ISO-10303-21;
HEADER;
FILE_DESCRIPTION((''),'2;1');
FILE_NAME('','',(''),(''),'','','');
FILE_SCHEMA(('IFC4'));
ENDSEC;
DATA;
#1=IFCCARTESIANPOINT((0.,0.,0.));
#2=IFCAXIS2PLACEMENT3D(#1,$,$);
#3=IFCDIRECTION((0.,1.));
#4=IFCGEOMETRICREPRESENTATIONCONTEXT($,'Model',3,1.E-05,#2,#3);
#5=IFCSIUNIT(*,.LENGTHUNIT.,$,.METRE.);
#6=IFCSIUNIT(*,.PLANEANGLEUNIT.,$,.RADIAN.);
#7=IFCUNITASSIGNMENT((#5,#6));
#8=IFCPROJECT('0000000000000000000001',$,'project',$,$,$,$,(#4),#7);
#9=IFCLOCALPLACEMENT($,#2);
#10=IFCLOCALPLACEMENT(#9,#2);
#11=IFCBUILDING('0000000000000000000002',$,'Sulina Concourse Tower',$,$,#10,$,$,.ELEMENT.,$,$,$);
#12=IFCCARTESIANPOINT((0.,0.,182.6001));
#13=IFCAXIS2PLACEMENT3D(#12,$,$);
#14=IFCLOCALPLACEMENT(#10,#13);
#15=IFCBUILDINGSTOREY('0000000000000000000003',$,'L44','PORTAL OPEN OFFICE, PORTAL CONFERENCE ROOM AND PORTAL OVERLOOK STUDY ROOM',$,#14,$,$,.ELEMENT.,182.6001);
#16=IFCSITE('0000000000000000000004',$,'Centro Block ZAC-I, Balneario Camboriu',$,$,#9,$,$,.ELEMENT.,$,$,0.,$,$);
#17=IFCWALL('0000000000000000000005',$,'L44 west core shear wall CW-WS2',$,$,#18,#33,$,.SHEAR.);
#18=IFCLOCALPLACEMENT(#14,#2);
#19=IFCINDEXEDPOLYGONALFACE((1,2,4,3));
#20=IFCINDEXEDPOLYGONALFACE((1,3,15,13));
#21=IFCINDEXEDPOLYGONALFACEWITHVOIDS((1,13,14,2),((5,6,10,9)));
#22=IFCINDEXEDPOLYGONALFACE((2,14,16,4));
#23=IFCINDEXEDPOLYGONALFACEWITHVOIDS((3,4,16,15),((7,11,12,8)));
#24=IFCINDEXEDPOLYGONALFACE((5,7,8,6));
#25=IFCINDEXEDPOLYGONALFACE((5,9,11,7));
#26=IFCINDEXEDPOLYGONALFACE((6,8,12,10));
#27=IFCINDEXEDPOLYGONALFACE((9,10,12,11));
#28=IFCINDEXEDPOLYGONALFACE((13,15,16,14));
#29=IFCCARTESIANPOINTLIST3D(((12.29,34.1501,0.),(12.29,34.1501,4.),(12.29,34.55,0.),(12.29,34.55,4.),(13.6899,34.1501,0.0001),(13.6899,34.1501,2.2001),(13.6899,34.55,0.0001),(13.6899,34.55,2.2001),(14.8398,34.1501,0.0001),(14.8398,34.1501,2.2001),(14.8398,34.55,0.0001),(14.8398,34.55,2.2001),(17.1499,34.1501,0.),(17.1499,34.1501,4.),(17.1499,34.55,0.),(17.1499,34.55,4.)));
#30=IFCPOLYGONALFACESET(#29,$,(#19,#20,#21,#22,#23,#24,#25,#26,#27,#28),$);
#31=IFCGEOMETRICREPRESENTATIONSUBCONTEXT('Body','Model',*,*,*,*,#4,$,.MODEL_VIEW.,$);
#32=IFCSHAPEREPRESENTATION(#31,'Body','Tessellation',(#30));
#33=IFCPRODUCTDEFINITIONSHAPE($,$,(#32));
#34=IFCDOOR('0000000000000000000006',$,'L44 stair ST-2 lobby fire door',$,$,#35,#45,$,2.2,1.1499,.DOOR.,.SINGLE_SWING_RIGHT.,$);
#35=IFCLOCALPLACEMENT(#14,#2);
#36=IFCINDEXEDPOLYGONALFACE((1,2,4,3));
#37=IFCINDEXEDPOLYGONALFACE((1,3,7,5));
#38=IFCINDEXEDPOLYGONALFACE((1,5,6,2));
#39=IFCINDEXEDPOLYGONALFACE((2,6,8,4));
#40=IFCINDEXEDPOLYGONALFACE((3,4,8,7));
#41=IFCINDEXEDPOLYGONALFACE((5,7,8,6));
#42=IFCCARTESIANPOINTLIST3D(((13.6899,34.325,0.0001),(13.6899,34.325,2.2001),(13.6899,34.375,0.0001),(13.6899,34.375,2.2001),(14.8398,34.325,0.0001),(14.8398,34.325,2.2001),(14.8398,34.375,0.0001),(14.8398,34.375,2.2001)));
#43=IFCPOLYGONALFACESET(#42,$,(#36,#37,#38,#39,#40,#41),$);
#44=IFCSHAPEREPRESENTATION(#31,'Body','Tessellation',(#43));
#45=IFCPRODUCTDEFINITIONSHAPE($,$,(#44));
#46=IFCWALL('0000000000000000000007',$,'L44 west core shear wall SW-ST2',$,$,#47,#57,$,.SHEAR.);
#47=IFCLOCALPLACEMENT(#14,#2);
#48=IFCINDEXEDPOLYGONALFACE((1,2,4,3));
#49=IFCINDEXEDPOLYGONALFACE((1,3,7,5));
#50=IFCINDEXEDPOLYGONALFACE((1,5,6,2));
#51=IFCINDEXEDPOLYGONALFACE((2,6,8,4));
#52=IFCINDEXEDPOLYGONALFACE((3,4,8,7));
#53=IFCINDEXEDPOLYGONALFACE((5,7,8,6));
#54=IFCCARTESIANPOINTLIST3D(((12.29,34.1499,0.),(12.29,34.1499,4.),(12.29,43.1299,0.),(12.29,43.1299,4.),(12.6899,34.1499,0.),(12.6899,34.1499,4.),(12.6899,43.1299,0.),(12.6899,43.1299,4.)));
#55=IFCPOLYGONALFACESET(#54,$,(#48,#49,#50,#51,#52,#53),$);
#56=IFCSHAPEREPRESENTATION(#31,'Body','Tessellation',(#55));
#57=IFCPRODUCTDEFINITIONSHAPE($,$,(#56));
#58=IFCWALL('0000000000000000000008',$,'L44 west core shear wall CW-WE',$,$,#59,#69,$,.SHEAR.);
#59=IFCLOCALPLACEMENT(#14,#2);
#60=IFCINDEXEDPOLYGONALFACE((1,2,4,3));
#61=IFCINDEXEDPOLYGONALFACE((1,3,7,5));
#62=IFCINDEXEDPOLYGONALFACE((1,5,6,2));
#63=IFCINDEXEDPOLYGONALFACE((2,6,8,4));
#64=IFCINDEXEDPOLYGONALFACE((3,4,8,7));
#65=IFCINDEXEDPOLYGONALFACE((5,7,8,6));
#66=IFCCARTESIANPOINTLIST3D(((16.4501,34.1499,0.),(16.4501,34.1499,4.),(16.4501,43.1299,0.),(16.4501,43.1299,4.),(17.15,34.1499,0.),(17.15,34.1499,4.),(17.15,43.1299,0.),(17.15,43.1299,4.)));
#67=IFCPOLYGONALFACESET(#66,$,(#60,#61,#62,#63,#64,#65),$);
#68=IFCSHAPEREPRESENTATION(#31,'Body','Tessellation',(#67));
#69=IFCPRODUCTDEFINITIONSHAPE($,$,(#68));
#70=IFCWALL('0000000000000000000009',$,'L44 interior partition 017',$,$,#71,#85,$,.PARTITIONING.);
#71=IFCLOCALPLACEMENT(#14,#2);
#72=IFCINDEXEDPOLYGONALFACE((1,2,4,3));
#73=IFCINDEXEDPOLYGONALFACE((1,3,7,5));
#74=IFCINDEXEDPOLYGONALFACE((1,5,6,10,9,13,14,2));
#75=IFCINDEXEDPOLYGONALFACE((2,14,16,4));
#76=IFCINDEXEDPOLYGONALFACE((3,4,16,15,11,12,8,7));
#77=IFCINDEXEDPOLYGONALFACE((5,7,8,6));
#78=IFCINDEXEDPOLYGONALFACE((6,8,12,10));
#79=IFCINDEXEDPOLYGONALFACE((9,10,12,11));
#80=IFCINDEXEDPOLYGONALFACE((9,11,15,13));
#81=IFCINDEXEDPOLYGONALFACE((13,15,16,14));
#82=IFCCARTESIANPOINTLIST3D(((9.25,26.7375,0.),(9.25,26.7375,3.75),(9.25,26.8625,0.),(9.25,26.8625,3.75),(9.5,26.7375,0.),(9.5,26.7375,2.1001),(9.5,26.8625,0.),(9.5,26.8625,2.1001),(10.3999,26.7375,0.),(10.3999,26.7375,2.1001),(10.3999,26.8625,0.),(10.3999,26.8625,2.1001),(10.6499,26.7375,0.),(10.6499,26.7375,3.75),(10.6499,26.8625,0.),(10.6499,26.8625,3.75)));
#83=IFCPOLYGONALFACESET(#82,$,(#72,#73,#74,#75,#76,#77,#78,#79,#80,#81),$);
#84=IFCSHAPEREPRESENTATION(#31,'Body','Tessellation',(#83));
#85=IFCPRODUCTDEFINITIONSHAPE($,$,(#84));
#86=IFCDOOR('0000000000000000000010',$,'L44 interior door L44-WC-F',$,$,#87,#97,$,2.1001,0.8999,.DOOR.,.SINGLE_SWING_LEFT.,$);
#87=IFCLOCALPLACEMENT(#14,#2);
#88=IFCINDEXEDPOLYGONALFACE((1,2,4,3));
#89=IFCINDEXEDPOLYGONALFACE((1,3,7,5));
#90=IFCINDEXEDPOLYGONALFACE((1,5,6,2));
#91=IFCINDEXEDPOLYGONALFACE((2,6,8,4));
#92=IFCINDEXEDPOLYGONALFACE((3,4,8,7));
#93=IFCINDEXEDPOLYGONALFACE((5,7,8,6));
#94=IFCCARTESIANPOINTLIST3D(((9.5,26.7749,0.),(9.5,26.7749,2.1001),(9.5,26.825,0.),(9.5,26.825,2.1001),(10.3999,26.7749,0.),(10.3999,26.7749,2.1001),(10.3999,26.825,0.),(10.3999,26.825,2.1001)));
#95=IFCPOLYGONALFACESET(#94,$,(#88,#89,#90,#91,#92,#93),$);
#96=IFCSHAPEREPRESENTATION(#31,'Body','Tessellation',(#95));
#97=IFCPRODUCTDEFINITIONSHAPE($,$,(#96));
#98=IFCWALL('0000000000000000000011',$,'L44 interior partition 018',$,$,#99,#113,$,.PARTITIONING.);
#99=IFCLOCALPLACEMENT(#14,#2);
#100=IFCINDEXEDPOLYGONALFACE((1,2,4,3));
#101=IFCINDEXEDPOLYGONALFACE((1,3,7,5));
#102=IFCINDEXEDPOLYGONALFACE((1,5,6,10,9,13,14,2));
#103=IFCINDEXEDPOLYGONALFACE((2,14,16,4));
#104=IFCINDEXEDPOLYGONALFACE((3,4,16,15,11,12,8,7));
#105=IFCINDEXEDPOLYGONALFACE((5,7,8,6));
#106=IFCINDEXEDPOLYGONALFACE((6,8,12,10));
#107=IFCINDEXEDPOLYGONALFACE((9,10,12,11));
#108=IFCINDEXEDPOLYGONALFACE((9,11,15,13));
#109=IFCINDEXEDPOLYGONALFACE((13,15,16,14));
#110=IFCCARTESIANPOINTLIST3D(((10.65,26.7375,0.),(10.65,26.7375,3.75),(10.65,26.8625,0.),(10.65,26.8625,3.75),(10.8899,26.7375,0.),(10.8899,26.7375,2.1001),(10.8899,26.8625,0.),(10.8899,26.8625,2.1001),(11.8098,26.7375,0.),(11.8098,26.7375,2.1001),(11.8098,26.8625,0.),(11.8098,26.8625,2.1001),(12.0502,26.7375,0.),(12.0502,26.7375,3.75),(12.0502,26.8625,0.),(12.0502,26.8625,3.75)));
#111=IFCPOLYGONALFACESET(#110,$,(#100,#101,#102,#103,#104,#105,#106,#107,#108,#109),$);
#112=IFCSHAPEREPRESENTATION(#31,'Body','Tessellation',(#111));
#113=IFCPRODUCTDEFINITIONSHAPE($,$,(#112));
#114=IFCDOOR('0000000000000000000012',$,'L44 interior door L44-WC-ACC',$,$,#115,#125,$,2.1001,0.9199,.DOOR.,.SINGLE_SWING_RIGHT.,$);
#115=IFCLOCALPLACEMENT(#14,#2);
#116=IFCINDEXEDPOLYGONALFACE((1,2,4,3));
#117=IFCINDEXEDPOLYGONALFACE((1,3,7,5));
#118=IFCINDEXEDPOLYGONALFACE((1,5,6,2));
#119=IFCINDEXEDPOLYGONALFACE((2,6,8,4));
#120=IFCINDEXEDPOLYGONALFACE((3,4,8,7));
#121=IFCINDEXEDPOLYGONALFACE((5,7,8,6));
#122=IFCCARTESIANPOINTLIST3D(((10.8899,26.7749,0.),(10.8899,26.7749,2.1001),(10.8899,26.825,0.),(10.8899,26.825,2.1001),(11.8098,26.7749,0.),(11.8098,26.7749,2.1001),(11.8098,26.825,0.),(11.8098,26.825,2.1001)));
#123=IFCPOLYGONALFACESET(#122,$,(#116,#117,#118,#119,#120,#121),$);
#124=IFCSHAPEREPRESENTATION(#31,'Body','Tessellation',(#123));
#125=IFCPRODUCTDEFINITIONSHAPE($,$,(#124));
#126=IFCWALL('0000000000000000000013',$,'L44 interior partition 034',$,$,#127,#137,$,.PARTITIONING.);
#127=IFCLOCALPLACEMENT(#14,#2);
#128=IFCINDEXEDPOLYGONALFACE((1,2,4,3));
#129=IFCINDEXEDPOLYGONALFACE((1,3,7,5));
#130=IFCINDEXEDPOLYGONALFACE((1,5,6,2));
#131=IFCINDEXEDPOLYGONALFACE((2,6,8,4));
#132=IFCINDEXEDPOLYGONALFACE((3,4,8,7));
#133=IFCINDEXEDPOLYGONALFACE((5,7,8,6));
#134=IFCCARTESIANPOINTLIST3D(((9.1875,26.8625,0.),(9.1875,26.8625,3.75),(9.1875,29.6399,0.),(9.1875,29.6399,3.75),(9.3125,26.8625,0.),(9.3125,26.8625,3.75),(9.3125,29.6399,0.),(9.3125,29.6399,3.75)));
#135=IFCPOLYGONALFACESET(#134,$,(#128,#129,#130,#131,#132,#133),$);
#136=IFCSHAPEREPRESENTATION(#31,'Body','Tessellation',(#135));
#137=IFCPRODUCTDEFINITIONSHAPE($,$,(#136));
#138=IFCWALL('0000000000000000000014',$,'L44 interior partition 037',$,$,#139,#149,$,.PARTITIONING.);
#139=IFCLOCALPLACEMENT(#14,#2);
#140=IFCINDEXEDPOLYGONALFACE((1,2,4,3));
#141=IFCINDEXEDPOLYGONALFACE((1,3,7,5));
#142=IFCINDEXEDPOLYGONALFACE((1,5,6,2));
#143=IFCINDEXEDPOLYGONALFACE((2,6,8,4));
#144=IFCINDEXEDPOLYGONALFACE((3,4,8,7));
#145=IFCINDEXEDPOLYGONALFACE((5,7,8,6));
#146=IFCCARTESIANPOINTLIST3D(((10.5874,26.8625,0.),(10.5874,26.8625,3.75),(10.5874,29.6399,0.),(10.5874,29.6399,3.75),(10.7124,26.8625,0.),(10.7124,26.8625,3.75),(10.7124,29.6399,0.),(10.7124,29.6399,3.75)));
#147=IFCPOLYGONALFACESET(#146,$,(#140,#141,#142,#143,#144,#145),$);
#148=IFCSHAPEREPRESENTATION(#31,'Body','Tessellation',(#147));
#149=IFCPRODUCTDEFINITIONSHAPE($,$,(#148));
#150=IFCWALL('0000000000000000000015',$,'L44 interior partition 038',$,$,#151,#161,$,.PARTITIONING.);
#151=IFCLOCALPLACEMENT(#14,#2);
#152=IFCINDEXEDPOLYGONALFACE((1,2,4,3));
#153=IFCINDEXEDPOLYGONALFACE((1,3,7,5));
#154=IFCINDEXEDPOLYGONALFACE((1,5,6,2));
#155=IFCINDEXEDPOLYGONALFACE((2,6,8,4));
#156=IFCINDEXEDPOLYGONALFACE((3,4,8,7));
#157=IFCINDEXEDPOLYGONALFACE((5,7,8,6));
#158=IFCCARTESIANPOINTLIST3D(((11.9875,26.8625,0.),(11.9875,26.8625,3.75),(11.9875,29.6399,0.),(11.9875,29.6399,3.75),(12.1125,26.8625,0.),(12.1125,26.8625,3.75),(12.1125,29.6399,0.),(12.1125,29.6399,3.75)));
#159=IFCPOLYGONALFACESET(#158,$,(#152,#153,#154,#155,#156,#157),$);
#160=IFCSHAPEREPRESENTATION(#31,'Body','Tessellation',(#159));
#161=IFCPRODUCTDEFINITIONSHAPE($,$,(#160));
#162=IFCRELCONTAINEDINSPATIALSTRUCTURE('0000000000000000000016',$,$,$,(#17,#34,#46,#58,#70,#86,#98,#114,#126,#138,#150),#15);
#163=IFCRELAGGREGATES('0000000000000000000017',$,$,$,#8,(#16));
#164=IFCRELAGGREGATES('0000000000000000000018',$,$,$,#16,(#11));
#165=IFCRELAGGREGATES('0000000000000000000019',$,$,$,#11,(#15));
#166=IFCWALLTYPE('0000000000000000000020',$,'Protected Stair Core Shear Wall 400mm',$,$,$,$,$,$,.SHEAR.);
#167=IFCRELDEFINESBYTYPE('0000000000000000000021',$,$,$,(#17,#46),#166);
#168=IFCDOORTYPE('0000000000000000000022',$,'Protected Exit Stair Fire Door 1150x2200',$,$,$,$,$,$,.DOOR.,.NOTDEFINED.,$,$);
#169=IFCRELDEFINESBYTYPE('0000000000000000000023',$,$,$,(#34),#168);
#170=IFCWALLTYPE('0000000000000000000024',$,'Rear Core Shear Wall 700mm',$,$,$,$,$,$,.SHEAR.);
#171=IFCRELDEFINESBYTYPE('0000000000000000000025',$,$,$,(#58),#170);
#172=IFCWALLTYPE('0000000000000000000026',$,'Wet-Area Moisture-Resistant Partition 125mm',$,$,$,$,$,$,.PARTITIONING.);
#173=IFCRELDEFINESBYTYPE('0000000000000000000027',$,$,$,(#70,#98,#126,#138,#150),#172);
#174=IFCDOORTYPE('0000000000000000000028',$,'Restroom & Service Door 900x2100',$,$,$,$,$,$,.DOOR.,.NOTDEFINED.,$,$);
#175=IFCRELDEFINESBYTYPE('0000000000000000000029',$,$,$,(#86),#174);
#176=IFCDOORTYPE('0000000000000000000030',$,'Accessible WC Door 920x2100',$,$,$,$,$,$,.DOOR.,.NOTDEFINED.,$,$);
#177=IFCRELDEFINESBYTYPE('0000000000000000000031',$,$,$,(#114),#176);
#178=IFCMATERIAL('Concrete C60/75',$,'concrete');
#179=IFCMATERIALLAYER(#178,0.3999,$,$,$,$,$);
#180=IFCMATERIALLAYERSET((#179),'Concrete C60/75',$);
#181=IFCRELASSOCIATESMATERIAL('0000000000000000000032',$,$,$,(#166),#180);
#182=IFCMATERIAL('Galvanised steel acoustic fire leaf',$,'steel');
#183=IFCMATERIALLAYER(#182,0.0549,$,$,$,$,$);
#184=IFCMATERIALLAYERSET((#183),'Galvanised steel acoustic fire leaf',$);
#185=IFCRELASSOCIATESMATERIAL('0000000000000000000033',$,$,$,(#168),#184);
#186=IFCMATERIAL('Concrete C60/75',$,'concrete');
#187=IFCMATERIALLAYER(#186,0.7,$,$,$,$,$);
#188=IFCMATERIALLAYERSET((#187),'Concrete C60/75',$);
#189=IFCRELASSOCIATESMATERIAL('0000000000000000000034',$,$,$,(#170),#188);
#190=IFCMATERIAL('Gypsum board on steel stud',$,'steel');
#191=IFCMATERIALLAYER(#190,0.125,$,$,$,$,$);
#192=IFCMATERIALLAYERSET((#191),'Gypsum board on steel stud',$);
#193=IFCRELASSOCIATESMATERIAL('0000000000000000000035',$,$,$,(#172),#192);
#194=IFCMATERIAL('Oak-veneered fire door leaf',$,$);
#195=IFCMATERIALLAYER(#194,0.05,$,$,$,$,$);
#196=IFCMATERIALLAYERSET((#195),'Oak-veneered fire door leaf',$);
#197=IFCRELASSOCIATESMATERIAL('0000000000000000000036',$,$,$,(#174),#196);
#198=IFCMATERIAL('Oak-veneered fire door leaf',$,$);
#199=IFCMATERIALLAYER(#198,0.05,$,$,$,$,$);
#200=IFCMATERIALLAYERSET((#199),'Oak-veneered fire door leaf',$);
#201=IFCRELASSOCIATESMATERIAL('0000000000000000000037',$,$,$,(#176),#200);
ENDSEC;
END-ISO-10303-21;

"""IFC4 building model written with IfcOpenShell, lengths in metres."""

from ifc_helpers import new_model, si_unit, direction, frame, frame_2d, origin, place, context, subcontext, project, spatial, rectangle, extrude, material, layer, layer_set, type_object, element, fill, save


model = new_model("IFC4")

# Units and contexts
model_context = context("Model", 3, precision=1e-05, world=origin(), true_north=direction((0.0, 1.0)))
body_context = subcontext(model_context, "Body", "Model", "MODEL_VIEW")
ifc_project = project(units=[si_unit("LENGTHUNIT", "METRE"), si_unit("PLANEANGLEUNIT", "RADIAN")], contexts=[model_context])

# Site, building, storey
site_placement = place(None, origin())
site = spatial("IfcSite", under=ifc_project, at=site_placement, Name="Centro Block ZAC-I, Balneario Camboriu", CompositionType="ELEMENT", RefElevation=0.0)
building_placement = place(site_placement, origin())
building = spatial("IfcBuilding", under=site, at=building_placement, Name="Sulina Concourse Tower", CompositionType="ELEMENT")
storey_placement = place(building_placement, frame((0.0, 0.0, 182.6001)))
storey = spatial("IfcBuildingStorey", under=building, at=storey_placement, Name="L44", Description="PORTAL OPEN OFFICE, PORTAL CONFERENCE ROOM AND PORTAL OVERLOOK STUDY ROOM", CompositionType="ELEMENT", Elevation=182.6001)

# Wall, opening, door
ifc_material_1 = material(Name="Concrete C60/75", Category="concrete")
ifc_layer_1 = layer(ifc_material_1, 0.3999)
ifc_layer_set_1 = layer_set([ifc_layer_1], Name="Concrete C60/75")
wall_type_1 = type_object("IfcWallType", Name="Protected Stair Core Shear Wall 400mm", PredefinedType="SHEAR", material=ifc_layer_set_1)
wall_1_placement = place(storey_placement, frame((12.29, 34.3501, 0.0), z_axis=(0.0, 0.0, 1.0), x_axis=(1.0, 0.0, 0.0)))
wall_1 = element("IfcWall", 1, at=wall_1_placement, inside=storey, type_object=wall_type_1, Name="L44 west core shear wall CW-WS2", PredefinedType="SHEAR", context=body_context, shape_type="SweptSolid", body=[
    extrude(rectangle(XDim=4.8599, YDim=0.3999, at=frame_2d((2.4299, 0.0))), origin(), (0.0, 0.0, 1.0), 4.0),
])
opening_1_placement = place(wall_1_placement, frame((1.3999, 0.0, 0.0)))
opening_1 = element("IfcOpeningElement", 2, at=opening_1_placement, cuts=wall_1, PredefinedType="OPENING", context=body_context, shape_type="SweptSolid", body=[
    extrude(rectangle(XDim=1.1499, YDim=2.2, at=frame_2d((0.575, 1.1001))), frame((0.0, 0.21, 0.0), z_axis=(0.0, -1.0, 0.0), x_axis=(1.0, 0.0, 0.0)), (0.0, 0.0, 1.0), 0.4199),
])
ifc_material_2 = material(Name="Galvanised steel acoustic fire leaf", Category="steel")
ifc_layer_2 = layer(ifc_material_2, 0.0549)
ifc_layer_set_2 = layer_set([ifc_layer_2], Name="Galvanised steel acoustic fire leaf")
door_type_1 = type_object("IfcDoorType", Name="Protected Exit Stair Fire Door 1150x2200", OperationType="NOTDEFINED", PredefinedType="DOOR", material=ifc_layer_set_2)
door_1_placement = place(opening_1_placement, origin())
door_1 = element("IfcDoor", 3, at=door_1_placement, inside=storey, type_object=door_type_1, Name="L44 stair ST-2 lobby fire door", OperationType="SINGLE_SWING_RIGHT", OverallHeight=2.2, OverallWidth=1.1499, PredefinedType="DOOR", context=body_context, shape_type="SweptSolid", body=[
    extrude(rectangle(XDim=1.1499, YDim=2.2, at=frame_2d((0.575, 1.1001))), frame((0.0, 0.0249, 0.0), z_axis=(0.0, -1.0, 0.0), x_axis=(1.0, 0.0, 0.0)), (0.0, 0.0, 1.0), 0.05),
])
fill(opening_1, door_1)

# Walls
wall_2_placement = place(storey_placement, frame((12.49, 34.1499, 0.0), z_axis=(0.0, 0.0, 1.0), x_axis=(0.0, 1.0, 0.0)))
element("IfcWall", 4, at=wall_2_placement, inside=storey, type_object=wall_type_1, Name="L44 west core shear wall SW-ST2", PredefinedType="SHEAR", context=body_context, shape_type="SweptSolid", body=[
    extrude(rectangle(XDim=8.98, YDim=0.3999, at=frame_2d((4.49, 0.0))), origin(), (0.0, 0.0, 1.0), 4.0),
])
ifc_material_3 = material(Name="Concrete C60/75", Category="concrete")
ifc_layer_3 = layer(ifc_material_3, 0.7)
ifc_layer_set_3 = layer_set([ifc_layer_3], Name="Concrete C60/75")
wall_type_2 = type_object("IfcWallType", Name="Rear Core Shear Wall 700mm", PredefinedType="SHEAR", material=ifc_layer_set_3)
wall_3_placement = place(storey_placement, frame((16.8, 34.1499, 0.0), z_axis=(0.0, 0.0, 1.0), x_axis=(0.0, 1.0, 0.0)))
element("IfcWall", 5, at=wall_3_placement, inside=storey, type_object=wall_type_2, Name="L44 west core shear wall CW-WE", PredefinedType="SHEAR", context=body_context, shape_type="SweptSolid", body=[
    extrude(rectangle(XDim=8.98, YDim=0.7, at=frame_2d((4.49, 0.0))), origin(), (0.0, 0.0, 1.0), 4.0),
])

# Walls, openings, doors
ifc_material_4 = material(Name="Gypsum board on steel stud", Category="steel")
ifc_layer_4 = layer(ifc_material_4, 0.125)
ifc_layer_set_4 = layer_set([ifc_layer_4], Name="Gypsum board on steel stud")
wall_type_3 = type_object("IfcWallType", Name="Wet-Area Moisture-Resistant Partition 125mm", PredefinedType="PARTITIONING", material=ifc_layer_set_4)
wall_4_placement = place(storey_placement, frame((9.25, 26.8, 0.0), z_axis=(0.0, 0.0, 1.0), x_axis=(1.0, 0.0, 0.0)))
wall_4 = element("IfcWall", 6, at=wall_4_placement, inside=storey, type_object=wall_type_3, Name="L44 interior partition 017", PredefinedType="PARTITIONING", context=body_context, shape_type="SweptSolid", body=[
    extrude(rectangle(XDim=1.3999, YDim=0.125, at=frame_2d((0.7, 0.0))), origin(), (0.0, 0.0, 1.0), 3.75),
])
opening_2_placement = place(wall_4_placement, frame((0.25, 0.0, 0.0)))
opening_2 = element("IfcOpeningElement", 7, at=opening_2_placement, cuts=wall_4, PredefinedType="OPENING", context=body_context, shape_type="SweptSolid", body=[
    extrude(rectangle(XDim=0.8999, YDim=2.1001, at=frame_2d((0.45, 1.05))), frame((0.0, 0.0725, 0.0), z_axis=(0.0, -1.0, 0.0), x_axis=(1.0, 0.0, 0.0)), (0.0, 0.0, 1.0), 0.145),
])
ifc_material_5 = material(Name="Oak-veneered fire door leaf")
ifc_layer_5 = layer(ifc_material_5, 0.05)
ifc_layer_set_5 = layer_set([ifc_layer_5], Name="Oak-veneered fire door leaf")
door_type_2 = type_object("IfcDoorType", Name="Restroom & Service Door 900x2100", OperationType="NOTDEFINED", PredefinedType="DOOR", material=ifc_layer_set_5)
door_2_placement = place(opening_2_placement, origin())
door_2 = element("IfcDoor", 8, at=door_2_placement, inside=storey, type_object=door_type_2, Name="L44 interior door L44-WC-F", OperationType="SINGLE_SWING_LEFT", OverallHeight=2.1001, OverallWidth=0.8999, PredefinedType="DOOR", context=body_context, shape_type="SweptSolid", body=[
    extrude(rectangle(XDim=0.8999, YDim=2.1001, at=frame_2d((0.45, 1.05))), frame((0.0, 0.0249, 0.0), z_axis=(0.0, -1.0, 0.0), x_axis=(1.0, 0.0, 0.0)), (0.0, 0.0, 1.0), 0.05),
])
fill(opening_2, door_2)
wall_5_placement = place(storey_placement, frame((10.6499, 26.8, 0.0), z_axis=(0.0, 0.0, 1.0), x_axis=(1.0, 0.0, 0.0)))
wall_5 = element("IfcWall", 9, at=wall_5_placement, inside=storey, type_object=wall_type_3, Name="L44 interior partition 018", PredefinedType="PARTITIONING", context=body_context, shape_type="SweptSolid", body=[
    extrude(rectangle(XDim=1.4001, YDim=0.125, at=frame_2d((0.7002, 0.0))), origin(), (0.0, 0.0, 1.0), 3.75),
])
opening_3_placement = place(wall_5_placement, frame((0.24, 0.0, 0.0)))
opening_3 = element("IfcOpeningElement", 10, at=opening_3_placement, cuts=wall_5, PredefinedType="OPENING", context=body_context, shape_type="SweptSolid", body=[
    extrude(rectangle(XDim=0.9199, YDim=2.1001, at=frame_2d((0.46, 1.05))), frame((0.0, 0.0725, 0.0), z_axis=(0.0, -1.0, 0.0), x_axis=(1.0, 0.0, 0.0)), (0.0, 0.0, 1.0), 0.145),
])
ifc_material_6 = material(Name="Oak-veneered fire door leaf")
ifc_layer_6 = layer(ifc_material_6, 0.05)
ifc_layer_set_6 = layer_set([ifc_layer_6], Name="Oak-veneered fire door leaf")
door_type_3 = type_object("IfcDoorType", Name="Accessible WC Door 920x2100", OperationType="NOTDEFINED", PredefinedType="DOOR", material=ifc_layer_set_6)
door_3_placement = place(opening_3_placement, origin())
door_3 = element("IfcDoor", 11, at=door_3_placement, inside=storey, type_object=door_type_3, Name="L44 interior door L44-WC-ACC", OperationType="SINGLE_SWING_RIGHT", OverallHeight=2.1001, OverallWidth=0.9199, PredefinedType="DOOR", context=body_context, shape_type="SweptSolid", body=[
    extrude(rectangle(XDim=0.9199, YDim=2.1001, at=frame_2d((0.46, 1.05))), frame((0.0, 0.0249, 0.0), z_axis=(0.0, -1.0, 0.0), x_axis=(1.0, 0.0, 0.0)), (0.0, 0.0, 1.0), 0.05),
])
fill(opening_3, door_3)

# Walls
for number, where, z_axis, x_axis, name in (
    (12, (9.25, 26.8625, 0.0), (0.0, 0.0, 1.0), (0.0, 1.0, 0.0), "L44 interior partition 034"),
    (13, (10.6499, 26.8625, 0.0), (0.0, 0.0, 1.0), (0.0, 1.0, 0.0), "L44 interior partition 037"),
    (14, (12.05, 26.8625, 0.0), (0.0, 0.0, 1.0), (0.0, 1.0, 0.0), "L44 interior partition 038"),
):
    element("IfcWall", number, at=place(storey_placement, frame(where, z_axis=z_axis, x_axis=x_axis)), inside=storey, type_object=wall_type_3, Name=name, PredefinedType="PARTITIONING", context=body_context, shape_type="SweptSolid", body=[
        extrude(rectangle(XDim=2.7773, YDim=0.125, at=frame_2d((1.3887, 0.0))), origin(), (0.0, 0.0, 1.0), 3.75),
    ])

save(model, "model.ifc")
